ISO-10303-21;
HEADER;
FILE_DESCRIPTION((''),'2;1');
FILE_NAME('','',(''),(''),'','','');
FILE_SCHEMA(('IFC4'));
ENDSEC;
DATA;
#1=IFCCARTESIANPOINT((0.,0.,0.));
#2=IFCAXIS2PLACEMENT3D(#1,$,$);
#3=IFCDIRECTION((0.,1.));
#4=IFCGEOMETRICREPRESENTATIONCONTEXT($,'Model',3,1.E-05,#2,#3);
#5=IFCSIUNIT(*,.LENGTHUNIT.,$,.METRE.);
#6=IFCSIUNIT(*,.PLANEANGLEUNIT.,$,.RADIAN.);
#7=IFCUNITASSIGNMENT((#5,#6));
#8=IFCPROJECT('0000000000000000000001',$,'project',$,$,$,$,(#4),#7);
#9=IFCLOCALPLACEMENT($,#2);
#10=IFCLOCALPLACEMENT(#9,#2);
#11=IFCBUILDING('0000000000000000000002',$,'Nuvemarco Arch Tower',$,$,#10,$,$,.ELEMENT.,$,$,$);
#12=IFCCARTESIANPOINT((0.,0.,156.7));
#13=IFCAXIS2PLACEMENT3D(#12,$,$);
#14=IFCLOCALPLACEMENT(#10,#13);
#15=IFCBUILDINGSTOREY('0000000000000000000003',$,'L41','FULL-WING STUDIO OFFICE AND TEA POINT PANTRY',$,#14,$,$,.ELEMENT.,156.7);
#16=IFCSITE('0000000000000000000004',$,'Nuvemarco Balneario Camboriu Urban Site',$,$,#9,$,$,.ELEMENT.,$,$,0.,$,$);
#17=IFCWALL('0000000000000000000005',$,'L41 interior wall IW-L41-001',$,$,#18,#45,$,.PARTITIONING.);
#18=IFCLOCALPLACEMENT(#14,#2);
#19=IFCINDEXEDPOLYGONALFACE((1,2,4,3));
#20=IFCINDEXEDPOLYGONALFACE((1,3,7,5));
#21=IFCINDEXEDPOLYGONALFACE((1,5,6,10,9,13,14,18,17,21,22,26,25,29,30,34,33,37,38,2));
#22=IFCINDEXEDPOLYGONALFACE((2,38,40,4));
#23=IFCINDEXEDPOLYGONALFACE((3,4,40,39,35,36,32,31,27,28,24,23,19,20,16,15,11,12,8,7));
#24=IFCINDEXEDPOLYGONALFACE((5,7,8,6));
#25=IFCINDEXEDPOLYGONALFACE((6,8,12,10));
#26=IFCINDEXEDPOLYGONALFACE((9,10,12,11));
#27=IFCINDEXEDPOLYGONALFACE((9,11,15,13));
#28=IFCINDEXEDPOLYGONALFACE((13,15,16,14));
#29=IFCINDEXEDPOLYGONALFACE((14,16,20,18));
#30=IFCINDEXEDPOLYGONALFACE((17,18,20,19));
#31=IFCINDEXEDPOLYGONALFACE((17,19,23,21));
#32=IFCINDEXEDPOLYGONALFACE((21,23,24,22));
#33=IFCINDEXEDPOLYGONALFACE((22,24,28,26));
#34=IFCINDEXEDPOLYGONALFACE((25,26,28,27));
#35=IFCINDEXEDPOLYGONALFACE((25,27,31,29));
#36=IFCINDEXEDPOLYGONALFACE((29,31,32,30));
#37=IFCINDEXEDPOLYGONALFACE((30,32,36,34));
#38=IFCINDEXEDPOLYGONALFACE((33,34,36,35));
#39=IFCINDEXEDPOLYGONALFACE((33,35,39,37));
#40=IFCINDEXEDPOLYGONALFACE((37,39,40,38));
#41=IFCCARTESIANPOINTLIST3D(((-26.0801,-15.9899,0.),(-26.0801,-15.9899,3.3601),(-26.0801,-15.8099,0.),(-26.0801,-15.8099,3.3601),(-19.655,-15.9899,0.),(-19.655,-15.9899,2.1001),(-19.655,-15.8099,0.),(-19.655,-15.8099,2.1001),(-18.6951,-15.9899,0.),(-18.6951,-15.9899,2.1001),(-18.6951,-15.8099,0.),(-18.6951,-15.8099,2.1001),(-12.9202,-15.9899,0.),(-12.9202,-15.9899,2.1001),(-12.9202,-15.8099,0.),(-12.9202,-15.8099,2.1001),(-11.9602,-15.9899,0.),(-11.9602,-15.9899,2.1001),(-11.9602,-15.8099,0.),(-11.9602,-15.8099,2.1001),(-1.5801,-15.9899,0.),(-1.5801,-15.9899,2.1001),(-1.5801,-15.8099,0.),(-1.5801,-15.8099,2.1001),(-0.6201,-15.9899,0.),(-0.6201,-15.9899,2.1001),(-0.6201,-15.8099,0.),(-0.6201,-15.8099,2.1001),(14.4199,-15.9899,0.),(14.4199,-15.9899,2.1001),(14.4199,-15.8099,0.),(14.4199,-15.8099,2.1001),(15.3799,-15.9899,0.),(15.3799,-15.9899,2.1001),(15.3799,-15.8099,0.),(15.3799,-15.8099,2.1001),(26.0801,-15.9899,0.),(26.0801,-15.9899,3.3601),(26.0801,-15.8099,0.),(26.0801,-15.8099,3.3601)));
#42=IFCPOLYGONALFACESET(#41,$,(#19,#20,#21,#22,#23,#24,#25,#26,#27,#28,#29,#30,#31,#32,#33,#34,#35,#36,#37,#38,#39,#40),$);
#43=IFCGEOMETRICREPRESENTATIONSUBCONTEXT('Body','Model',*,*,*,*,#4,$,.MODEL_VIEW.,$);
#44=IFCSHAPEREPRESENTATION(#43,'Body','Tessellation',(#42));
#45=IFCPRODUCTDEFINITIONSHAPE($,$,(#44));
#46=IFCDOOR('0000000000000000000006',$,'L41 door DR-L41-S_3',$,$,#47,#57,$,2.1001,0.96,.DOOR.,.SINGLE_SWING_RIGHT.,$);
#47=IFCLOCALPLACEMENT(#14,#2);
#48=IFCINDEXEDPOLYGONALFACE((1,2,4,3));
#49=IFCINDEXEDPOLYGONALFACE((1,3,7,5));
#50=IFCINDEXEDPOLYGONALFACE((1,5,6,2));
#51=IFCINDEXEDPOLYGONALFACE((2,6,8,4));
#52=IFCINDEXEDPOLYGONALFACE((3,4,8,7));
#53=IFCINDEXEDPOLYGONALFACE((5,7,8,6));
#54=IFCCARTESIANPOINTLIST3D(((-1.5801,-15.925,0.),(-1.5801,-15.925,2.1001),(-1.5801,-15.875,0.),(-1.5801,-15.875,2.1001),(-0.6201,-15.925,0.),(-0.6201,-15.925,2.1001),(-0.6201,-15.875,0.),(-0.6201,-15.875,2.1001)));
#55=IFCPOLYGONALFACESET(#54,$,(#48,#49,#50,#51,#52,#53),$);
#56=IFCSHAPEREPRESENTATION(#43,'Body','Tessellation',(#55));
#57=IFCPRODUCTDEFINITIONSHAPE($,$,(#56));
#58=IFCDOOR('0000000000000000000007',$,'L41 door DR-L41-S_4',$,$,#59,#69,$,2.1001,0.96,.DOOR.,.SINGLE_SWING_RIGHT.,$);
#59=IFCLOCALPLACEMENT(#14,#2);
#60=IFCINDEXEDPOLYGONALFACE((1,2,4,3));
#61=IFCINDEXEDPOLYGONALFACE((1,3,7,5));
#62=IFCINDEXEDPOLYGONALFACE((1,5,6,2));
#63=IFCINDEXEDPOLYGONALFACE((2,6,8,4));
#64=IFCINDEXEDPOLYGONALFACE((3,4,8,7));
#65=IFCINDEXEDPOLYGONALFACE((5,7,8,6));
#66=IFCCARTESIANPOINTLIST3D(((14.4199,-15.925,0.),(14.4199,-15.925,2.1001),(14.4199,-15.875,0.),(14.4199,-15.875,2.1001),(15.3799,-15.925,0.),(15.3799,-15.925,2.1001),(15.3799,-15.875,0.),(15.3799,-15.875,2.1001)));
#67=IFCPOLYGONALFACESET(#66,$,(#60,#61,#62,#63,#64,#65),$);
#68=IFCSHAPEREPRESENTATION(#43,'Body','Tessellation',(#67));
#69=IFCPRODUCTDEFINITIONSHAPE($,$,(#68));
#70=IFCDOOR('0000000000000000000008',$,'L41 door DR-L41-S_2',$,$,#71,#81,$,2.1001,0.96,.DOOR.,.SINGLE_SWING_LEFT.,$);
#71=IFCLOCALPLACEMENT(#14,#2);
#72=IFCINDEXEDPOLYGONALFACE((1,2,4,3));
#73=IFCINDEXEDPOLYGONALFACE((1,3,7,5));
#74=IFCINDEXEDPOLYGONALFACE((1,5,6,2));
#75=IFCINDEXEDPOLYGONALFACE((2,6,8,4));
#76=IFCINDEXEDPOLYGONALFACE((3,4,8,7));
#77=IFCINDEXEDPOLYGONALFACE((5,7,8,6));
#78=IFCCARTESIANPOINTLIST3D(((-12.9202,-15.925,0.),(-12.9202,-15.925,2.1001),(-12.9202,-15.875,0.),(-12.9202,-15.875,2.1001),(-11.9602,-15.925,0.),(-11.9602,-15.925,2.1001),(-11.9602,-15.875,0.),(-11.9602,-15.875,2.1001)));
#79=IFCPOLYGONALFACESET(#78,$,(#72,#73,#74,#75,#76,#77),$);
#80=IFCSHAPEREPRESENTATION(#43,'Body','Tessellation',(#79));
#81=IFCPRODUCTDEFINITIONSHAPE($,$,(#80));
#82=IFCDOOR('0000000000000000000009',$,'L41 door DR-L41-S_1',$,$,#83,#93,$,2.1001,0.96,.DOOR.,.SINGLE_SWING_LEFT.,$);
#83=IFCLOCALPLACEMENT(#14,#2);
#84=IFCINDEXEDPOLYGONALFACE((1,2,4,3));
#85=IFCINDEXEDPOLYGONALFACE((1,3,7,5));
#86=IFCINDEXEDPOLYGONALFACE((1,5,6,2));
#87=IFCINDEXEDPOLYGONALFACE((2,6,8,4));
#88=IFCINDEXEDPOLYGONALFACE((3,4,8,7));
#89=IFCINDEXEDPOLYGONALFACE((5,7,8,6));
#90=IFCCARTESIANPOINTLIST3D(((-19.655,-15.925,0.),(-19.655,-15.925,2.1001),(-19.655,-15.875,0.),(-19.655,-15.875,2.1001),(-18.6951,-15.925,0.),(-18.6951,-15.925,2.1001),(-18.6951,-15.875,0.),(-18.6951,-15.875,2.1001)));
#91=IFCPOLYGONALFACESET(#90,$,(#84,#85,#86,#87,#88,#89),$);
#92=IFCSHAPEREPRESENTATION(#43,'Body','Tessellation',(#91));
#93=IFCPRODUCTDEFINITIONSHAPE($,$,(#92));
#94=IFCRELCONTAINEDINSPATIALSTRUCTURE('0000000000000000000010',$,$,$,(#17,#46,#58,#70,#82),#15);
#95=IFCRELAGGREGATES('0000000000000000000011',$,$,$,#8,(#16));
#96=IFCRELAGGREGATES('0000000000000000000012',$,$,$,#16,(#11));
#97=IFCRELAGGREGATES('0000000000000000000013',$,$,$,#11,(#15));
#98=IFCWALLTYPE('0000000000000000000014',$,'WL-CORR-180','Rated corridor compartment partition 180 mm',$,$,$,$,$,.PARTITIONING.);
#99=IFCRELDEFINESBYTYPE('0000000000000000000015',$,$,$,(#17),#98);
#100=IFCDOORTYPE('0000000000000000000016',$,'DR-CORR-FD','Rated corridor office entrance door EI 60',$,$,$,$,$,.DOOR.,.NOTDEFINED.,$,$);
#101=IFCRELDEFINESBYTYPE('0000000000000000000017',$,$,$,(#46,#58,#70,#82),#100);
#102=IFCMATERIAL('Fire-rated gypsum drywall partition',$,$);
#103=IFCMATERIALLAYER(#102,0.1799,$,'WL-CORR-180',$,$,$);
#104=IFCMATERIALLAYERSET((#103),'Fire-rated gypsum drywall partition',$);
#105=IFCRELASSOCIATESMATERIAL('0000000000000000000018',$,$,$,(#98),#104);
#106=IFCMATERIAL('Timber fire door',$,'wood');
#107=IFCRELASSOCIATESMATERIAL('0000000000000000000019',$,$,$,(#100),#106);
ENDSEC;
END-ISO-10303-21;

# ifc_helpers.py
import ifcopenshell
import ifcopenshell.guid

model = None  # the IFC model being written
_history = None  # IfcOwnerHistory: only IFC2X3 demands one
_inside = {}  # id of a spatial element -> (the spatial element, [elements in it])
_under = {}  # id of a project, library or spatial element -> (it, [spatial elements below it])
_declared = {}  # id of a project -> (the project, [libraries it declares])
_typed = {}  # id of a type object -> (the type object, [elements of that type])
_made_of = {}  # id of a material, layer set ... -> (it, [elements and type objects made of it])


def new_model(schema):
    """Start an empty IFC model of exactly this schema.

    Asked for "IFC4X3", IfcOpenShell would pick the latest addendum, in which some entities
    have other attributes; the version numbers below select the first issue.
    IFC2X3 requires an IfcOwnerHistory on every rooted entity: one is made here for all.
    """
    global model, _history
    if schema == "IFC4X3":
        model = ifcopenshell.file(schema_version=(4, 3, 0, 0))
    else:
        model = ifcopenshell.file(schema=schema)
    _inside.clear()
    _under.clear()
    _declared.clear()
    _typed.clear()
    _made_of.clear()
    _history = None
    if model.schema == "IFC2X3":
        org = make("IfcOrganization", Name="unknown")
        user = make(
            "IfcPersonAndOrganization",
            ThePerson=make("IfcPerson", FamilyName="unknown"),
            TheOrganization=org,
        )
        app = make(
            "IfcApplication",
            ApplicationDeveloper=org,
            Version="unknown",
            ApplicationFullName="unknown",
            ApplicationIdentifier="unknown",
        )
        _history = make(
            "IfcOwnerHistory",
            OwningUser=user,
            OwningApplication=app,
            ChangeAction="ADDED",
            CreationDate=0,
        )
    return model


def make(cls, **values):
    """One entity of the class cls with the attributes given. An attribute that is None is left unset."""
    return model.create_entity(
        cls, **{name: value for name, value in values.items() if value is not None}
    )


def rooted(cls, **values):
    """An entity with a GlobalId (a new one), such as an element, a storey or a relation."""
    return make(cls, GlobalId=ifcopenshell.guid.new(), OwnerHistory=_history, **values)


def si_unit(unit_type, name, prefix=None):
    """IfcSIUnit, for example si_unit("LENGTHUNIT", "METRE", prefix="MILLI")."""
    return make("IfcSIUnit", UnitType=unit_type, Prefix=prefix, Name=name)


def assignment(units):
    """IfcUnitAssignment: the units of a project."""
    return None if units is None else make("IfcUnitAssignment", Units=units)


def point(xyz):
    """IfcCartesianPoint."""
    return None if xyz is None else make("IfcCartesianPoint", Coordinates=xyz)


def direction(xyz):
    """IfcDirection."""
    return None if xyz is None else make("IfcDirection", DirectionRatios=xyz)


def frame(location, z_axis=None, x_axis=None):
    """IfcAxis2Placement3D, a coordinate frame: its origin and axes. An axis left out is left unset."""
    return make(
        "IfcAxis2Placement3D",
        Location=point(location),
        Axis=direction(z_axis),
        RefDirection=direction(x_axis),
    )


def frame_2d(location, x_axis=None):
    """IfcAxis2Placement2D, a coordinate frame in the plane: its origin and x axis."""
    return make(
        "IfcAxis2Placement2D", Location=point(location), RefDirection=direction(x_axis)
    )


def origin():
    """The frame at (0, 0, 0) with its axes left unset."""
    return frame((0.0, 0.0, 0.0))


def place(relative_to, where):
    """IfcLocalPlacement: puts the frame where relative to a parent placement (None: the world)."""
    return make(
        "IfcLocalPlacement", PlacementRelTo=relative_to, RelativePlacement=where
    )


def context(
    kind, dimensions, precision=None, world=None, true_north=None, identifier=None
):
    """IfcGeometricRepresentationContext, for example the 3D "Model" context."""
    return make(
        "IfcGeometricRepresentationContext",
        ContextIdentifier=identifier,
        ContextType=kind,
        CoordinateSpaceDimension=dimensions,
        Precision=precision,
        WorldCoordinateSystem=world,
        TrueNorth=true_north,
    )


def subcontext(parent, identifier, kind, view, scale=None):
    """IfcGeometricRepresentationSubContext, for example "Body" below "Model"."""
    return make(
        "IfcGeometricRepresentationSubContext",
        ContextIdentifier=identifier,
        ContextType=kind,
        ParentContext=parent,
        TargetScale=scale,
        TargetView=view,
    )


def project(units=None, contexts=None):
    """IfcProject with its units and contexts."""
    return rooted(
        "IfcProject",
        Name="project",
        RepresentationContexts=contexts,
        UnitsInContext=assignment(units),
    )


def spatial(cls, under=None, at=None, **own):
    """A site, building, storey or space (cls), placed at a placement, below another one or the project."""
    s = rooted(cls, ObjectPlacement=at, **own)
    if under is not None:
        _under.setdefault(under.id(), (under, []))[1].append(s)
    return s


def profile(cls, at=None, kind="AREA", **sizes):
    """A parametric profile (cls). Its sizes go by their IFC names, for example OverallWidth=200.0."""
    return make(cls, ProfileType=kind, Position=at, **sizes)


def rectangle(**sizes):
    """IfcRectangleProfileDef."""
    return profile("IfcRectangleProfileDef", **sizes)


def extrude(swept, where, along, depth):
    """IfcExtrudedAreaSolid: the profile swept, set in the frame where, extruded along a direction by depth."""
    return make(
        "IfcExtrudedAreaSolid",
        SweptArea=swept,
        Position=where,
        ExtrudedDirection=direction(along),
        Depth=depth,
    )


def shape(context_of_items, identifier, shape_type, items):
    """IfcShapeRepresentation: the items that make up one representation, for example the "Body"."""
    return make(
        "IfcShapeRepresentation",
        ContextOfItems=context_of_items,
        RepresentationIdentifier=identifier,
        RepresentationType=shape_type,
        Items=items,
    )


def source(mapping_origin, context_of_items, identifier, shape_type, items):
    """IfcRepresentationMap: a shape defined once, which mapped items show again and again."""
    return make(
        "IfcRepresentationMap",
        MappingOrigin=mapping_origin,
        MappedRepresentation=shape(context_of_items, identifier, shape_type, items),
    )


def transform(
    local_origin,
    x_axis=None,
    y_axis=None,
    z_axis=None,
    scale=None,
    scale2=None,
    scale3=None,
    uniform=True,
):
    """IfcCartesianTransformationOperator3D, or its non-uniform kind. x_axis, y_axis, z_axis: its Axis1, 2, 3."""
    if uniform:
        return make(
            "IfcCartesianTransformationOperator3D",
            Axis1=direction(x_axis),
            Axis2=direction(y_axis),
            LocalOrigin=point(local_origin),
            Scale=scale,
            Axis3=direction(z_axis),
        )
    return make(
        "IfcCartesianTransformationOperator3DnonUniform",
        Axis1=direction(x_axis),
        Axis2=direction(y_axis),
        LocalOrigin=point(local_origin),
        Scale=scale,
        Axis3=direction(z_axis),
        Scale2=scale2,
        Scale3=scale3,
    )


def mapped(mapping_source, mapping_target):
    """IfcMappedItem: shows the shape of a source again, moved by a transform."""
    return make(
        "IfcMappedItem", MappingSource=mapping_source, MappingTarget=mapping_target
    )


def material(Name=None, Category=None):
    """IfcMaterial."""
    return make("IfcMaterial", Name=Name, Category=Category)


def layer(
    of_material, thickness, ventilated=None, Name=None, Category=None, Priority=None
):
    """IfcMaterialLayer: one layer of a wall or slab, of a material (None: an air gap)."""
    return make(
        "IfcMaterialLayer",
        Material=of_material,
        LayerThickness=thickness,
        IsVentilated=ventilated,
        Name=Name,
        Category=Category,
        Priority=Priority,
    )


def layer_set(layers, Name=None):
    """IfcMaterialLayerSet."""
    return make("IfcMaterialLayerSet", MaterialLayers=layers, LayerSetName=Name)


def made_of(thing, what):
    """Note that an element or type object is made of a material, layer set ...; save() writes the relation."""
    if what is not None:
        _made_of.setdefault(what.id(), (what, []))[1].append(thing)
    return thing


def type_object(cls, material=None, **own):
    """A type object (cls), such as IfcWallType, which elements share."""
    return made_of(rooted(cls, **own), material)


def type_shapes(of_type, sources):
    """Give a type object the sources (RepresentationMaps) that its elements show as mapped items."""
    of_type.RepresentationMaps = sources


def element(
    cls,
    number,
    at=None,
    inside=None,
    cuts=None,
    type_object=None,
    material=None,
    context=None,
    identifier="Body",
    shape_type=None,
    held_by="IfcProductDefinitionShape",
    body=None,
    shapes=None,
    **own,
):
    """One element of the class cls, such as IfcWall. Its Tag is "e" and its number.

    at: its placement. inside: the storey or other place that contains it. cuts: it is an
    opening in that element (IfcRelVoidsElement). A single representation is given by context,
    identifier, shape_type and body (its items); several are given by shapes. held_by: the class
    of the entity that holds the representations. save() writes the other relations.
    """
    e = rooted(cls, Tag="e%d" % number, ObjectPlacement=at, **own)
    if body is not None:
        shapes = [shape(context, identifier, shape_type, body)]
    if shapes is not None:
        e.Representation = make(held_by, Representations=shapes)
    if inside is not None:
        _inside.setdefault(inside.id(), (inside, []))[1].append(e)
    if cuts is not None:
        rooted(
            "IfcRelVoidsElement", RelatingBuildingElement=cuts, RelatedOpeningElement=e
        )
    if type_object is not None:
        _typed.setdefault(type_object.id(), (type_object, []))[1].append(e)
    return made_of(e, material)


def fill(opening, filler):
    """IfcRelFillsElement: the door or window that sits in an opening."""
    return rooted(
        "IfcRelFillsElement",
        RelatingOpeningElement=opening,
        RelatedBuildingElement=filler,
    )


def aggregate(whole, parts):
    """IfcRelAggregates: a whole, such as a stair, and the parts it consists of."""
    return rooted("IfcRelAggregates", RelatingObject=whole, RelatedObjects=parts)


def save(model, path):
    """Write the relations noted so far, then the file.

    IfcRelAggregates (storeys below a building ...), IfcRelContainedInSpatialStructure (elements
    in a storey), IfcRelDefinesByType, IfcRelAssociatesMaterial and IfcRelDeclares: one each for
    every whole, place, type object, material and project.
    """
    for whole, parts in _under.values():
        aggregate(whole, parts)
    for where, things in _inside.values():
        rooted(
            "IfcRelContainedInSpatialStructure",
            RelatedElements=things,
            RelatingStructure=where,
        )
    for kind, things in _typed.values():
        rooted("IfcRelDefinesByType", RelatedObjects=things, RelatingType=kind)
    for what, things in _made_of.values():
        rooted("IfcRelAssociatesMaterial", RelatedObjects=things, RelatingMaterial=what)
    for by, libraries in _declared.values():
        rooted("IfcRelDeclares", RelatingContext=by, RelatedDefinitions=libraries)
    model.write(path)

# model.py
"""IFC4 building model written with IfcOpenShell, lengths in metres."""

from ifc_helpers import new_model, si_unit, direction, frame, frame_2d, origin, place, context, subcontext, project, spatial, rectangle, extrude, source, transform, mapped, material, layer, layer_set, type_object, type_shapes, element, fill, save


model = new_model("IFC4")

# Units and contexts
model_context = context("Model", 3, precision=1e-05, world=origin(), true_north=direction((0.0, 1.0)))
body_context = subcontext(model_context, "Body", "Model", "MODEL_VIEW")
ifc_project = project(units=[si_unit("LENGTHUNIT", "METRE"), si_unit("PLANEANGLEUNIT", "RADIAN")], contexts=[model_context])

# Site, building, storey
site_placement = place(None, origin())
site = spatial("IfcSite", under=ifc_project, at=site_placement, Name="Nuvemarco Balneario Camboriu Urban Site", CompositionType="ELEMENT", RefElevation=0.0)
building_placement = place(site_placement, origin())
building = spatial("IfcBuilding", under=site, at=building_placement, Name="Nuvemarco Arch Tower", CompositionType="ELEMENT")
storey_placement = place(building_placement, frame((0.0, 0.0, 156.7)))
storey = spatial("IfcBuildingStorey", under=building, at=storey_placement, Name="L41", Description="FULL-WING STUDIO OFFICE AND TEA POINT PANTRY", CompositionType="ELEMENT", Elevation=156.7)

# Wall, openings, doors
ifc_material_1 = material(Name="Fire-rated gypsum drywall partition")
ifc_layer = layer(ifc_material_1, 0.1799, Name="WL-CORR-180")
ifc_layer_set = layer_set([ifc_layer], Name="Fire-rated gypsum drywall partition")
wall_type = type_object("IfcWallType", Name="WL-CORR-180", Description="Rated corridor compartment partition 180 mm", PredefinedType="PARTITIONING", material=ifc_layer_set)
wall_1_placement = place(storey_placement, frame((-26.0801, -15.8999, 0.0), z_axis=(0.0, 0.0, 1.0), x_axis=(1.0, 0.0, 0.0)))
wall_1 = element("IfcWall", 1, at=wall_1_placement, inside=storey, type_object=wall_type, Name="L41 interior wall IW-L41-001", PredefinedType="PARTITIONING", context=body_context, shape_type="SweptSolid", body=[
    extrude(rectangle(XDim=52.1602, YDim=0.1799, at=frame_2d((26.0801, 0.0))), origin(), (0.0, 0.0, 1.0), 3.3601),
])
opening_1_placement = place(wall_1_placement, frame((24.5, 0.0, 0.0)))
opening_1 = element("IfcOpeningElement", 2, at=opening_1_placement, cuts=wall_1, PredefinedType="OPENING", context=body_context, shape_type="SweptSolid", body=[
    extrude(rectangle(XDim=0.96, YDim=2.1001, at=frame_2d((0.48, 1.05))), frame((0.0, 0.0999, 0.0), z_axis=(0.0, -1.0, 0.0), x_axis=(1.0, 0.0, 0.0)), (0.0, 0.0, 1.0), 0.2),
])
opening_2_placement = place(wall_1_placement, frame((40.5, 0.0, 0.0)))
opening_2 = element("IfcOpeningElement", 3, at=opening_2_placement, cuts=wall_1, PredefinedType="OPENING", context=body_context, shape_type="SweptSolid", body=[
    extrude(rectangle(XDim=0.96, YDim=2.1001, at=frame_2d((0.48, 1.05))), frame((0.0, 0.0999, 0.0), z_axis=(0.0, -1.0, 0.0), x_axis=(1.0, 0.0, 0.0)), (0.0, 0.0, 1.0), 0.2),
])
opening_3_placement = place(wall_1_placement, frame((13.1599, 0.0, 0.0)))
opening_3 = element("IfcOpeningElement", 4, at=opening_3_placement, cuts=wall_1, PredefinedType="OPENING", context=body_context, shape_type="SweptSolid", body=[
    extrude(rectangle(XDim=0.96, YDim=2.1001, at=frame_2d((0.48, 1.05))), frame((0.0, 0.0999, 0.0), z_axis=(0.0, -1.0, 0.0), x_axis=(1.0, 0.0, 0.0)), (0.0, 0.0, 1.0), 0.2),
])
opening_4_placement = place(wall_1_placement, frame((6.425, 0.0, 0.0)))
opening_4 = element("IfcOpeningElement", 5, at=opening_4_placement, cuts=wall_1, PredefinedType="OPENING", context=body_context, shape_type="SweptSolid", body=[
    extrude(rectangle(XDim=0.96, YDim=2.1001, at=frame_2d((0.48, 1.05))), frame((0.0, 0.0999, 0.0), z_axis=(0.0, -1.0, 0.0), x_axis=(1.0, 0.0, 0.0)), (0.0, 0.0, 1.0), 0.2),
])
ifc_material_2 = material(Name="Timber fire door", Category="wood")
door_type_1 = type_object("IfcDoorType", Name="DR-CORR-FD", Description="Rated corridor office entrance door EI 60", OperationType="NOTDEFINED", PredefinedType="DOOR", material=ifc_material_2)
shared_shape_1 = source(origin(), body_context, "Body", "SweptSolid", [
    extrude(rectangle(XDim=0.96, YDim=2.1001, at=frame_2d((0.48, 1.05))), frame((0.0, 0.0249, 0.0), z_axis=(0.0, -1.0, 0.0), x_axis=(1.0, 0.0, 0.0)), (0.0, 0.0, 1.0), 0.05),
])
type_shapes(door_type_1, [shared_shape_1])
door_1_placement = place(opening_1_placement, origin())
door_1 = element("IfcDoor", 6, at=door_1_placement, inside=storey, type_object=door_type_1, Name="L41 door DR-L41-S_3", OperationType="SINGLE_SWING_RIGHT", OverallHeight=2.1001, OverallWidth=0.96, PredefinedType="DOOR", context=body_context, shape_type="MappedRepresentation", body=[
    mapped(shared_shape_1, transform((0.0, 0.0, 0.0), scale=1.0)),
])
fill(opening_1, door_1)
door_2_placement = place(opening_2_placement, origin())
door_2 = element("IfcDoor", 7, at=door_2_placement, inside=storey, type_object=door_type_1, Name="L41 door DR-L41-S_4", OperationType="SINGLE_SWING_RIGHT", OverallHeight=2.1001, OverallWidth=0.96, PredefinedType="DOOR", context=body_context, shape_type="MappedRepresentation", body=[
    mapped(shared_shape_1, transform((0.0, 0.0, 0.0), scale=1.0)),
])
fill(opening_2, door_2)
door_3_placement = place(opening_3_placement, origin())
door_3 = element("IfcDoor", 8, at=door_3_placement, inside=storey, type_object=door_type_1, Name="L41 door DR-L41-S_2", OperationType="SINGLE_SWING_LEFT", OverallHeight=2.1001, OverallWidth=0.96, PredefinedType="DOOR", context=body_context, shape_type="MappedRepresentation", body=[
    mapped(shared_shape_1, transform((0.0, 0.0, 0.0), scale=1.0)),
])
fill(opening_3, door_3)
door_4_placement = place(opening_4_placement, origin())
door_4 = element("IfcDoor", 9, at=door_4_placement, inside=storey, type_object=door_type_1, Name="L41 door DR-L41-S_1", OperationType="SINGLE_SWING_LEFT", OverallHeight=2.1001, OverallWidth=0.96, PredefinedType="DOOR", context=body_context, shape_type="MappedRepresentation", body=[
    mapped(shared_shape_1, transform((0.0, 0.0, 0.0), scale=1.0)),
])
fill(opening_4, door_4)

save(model, "model.ifc")
